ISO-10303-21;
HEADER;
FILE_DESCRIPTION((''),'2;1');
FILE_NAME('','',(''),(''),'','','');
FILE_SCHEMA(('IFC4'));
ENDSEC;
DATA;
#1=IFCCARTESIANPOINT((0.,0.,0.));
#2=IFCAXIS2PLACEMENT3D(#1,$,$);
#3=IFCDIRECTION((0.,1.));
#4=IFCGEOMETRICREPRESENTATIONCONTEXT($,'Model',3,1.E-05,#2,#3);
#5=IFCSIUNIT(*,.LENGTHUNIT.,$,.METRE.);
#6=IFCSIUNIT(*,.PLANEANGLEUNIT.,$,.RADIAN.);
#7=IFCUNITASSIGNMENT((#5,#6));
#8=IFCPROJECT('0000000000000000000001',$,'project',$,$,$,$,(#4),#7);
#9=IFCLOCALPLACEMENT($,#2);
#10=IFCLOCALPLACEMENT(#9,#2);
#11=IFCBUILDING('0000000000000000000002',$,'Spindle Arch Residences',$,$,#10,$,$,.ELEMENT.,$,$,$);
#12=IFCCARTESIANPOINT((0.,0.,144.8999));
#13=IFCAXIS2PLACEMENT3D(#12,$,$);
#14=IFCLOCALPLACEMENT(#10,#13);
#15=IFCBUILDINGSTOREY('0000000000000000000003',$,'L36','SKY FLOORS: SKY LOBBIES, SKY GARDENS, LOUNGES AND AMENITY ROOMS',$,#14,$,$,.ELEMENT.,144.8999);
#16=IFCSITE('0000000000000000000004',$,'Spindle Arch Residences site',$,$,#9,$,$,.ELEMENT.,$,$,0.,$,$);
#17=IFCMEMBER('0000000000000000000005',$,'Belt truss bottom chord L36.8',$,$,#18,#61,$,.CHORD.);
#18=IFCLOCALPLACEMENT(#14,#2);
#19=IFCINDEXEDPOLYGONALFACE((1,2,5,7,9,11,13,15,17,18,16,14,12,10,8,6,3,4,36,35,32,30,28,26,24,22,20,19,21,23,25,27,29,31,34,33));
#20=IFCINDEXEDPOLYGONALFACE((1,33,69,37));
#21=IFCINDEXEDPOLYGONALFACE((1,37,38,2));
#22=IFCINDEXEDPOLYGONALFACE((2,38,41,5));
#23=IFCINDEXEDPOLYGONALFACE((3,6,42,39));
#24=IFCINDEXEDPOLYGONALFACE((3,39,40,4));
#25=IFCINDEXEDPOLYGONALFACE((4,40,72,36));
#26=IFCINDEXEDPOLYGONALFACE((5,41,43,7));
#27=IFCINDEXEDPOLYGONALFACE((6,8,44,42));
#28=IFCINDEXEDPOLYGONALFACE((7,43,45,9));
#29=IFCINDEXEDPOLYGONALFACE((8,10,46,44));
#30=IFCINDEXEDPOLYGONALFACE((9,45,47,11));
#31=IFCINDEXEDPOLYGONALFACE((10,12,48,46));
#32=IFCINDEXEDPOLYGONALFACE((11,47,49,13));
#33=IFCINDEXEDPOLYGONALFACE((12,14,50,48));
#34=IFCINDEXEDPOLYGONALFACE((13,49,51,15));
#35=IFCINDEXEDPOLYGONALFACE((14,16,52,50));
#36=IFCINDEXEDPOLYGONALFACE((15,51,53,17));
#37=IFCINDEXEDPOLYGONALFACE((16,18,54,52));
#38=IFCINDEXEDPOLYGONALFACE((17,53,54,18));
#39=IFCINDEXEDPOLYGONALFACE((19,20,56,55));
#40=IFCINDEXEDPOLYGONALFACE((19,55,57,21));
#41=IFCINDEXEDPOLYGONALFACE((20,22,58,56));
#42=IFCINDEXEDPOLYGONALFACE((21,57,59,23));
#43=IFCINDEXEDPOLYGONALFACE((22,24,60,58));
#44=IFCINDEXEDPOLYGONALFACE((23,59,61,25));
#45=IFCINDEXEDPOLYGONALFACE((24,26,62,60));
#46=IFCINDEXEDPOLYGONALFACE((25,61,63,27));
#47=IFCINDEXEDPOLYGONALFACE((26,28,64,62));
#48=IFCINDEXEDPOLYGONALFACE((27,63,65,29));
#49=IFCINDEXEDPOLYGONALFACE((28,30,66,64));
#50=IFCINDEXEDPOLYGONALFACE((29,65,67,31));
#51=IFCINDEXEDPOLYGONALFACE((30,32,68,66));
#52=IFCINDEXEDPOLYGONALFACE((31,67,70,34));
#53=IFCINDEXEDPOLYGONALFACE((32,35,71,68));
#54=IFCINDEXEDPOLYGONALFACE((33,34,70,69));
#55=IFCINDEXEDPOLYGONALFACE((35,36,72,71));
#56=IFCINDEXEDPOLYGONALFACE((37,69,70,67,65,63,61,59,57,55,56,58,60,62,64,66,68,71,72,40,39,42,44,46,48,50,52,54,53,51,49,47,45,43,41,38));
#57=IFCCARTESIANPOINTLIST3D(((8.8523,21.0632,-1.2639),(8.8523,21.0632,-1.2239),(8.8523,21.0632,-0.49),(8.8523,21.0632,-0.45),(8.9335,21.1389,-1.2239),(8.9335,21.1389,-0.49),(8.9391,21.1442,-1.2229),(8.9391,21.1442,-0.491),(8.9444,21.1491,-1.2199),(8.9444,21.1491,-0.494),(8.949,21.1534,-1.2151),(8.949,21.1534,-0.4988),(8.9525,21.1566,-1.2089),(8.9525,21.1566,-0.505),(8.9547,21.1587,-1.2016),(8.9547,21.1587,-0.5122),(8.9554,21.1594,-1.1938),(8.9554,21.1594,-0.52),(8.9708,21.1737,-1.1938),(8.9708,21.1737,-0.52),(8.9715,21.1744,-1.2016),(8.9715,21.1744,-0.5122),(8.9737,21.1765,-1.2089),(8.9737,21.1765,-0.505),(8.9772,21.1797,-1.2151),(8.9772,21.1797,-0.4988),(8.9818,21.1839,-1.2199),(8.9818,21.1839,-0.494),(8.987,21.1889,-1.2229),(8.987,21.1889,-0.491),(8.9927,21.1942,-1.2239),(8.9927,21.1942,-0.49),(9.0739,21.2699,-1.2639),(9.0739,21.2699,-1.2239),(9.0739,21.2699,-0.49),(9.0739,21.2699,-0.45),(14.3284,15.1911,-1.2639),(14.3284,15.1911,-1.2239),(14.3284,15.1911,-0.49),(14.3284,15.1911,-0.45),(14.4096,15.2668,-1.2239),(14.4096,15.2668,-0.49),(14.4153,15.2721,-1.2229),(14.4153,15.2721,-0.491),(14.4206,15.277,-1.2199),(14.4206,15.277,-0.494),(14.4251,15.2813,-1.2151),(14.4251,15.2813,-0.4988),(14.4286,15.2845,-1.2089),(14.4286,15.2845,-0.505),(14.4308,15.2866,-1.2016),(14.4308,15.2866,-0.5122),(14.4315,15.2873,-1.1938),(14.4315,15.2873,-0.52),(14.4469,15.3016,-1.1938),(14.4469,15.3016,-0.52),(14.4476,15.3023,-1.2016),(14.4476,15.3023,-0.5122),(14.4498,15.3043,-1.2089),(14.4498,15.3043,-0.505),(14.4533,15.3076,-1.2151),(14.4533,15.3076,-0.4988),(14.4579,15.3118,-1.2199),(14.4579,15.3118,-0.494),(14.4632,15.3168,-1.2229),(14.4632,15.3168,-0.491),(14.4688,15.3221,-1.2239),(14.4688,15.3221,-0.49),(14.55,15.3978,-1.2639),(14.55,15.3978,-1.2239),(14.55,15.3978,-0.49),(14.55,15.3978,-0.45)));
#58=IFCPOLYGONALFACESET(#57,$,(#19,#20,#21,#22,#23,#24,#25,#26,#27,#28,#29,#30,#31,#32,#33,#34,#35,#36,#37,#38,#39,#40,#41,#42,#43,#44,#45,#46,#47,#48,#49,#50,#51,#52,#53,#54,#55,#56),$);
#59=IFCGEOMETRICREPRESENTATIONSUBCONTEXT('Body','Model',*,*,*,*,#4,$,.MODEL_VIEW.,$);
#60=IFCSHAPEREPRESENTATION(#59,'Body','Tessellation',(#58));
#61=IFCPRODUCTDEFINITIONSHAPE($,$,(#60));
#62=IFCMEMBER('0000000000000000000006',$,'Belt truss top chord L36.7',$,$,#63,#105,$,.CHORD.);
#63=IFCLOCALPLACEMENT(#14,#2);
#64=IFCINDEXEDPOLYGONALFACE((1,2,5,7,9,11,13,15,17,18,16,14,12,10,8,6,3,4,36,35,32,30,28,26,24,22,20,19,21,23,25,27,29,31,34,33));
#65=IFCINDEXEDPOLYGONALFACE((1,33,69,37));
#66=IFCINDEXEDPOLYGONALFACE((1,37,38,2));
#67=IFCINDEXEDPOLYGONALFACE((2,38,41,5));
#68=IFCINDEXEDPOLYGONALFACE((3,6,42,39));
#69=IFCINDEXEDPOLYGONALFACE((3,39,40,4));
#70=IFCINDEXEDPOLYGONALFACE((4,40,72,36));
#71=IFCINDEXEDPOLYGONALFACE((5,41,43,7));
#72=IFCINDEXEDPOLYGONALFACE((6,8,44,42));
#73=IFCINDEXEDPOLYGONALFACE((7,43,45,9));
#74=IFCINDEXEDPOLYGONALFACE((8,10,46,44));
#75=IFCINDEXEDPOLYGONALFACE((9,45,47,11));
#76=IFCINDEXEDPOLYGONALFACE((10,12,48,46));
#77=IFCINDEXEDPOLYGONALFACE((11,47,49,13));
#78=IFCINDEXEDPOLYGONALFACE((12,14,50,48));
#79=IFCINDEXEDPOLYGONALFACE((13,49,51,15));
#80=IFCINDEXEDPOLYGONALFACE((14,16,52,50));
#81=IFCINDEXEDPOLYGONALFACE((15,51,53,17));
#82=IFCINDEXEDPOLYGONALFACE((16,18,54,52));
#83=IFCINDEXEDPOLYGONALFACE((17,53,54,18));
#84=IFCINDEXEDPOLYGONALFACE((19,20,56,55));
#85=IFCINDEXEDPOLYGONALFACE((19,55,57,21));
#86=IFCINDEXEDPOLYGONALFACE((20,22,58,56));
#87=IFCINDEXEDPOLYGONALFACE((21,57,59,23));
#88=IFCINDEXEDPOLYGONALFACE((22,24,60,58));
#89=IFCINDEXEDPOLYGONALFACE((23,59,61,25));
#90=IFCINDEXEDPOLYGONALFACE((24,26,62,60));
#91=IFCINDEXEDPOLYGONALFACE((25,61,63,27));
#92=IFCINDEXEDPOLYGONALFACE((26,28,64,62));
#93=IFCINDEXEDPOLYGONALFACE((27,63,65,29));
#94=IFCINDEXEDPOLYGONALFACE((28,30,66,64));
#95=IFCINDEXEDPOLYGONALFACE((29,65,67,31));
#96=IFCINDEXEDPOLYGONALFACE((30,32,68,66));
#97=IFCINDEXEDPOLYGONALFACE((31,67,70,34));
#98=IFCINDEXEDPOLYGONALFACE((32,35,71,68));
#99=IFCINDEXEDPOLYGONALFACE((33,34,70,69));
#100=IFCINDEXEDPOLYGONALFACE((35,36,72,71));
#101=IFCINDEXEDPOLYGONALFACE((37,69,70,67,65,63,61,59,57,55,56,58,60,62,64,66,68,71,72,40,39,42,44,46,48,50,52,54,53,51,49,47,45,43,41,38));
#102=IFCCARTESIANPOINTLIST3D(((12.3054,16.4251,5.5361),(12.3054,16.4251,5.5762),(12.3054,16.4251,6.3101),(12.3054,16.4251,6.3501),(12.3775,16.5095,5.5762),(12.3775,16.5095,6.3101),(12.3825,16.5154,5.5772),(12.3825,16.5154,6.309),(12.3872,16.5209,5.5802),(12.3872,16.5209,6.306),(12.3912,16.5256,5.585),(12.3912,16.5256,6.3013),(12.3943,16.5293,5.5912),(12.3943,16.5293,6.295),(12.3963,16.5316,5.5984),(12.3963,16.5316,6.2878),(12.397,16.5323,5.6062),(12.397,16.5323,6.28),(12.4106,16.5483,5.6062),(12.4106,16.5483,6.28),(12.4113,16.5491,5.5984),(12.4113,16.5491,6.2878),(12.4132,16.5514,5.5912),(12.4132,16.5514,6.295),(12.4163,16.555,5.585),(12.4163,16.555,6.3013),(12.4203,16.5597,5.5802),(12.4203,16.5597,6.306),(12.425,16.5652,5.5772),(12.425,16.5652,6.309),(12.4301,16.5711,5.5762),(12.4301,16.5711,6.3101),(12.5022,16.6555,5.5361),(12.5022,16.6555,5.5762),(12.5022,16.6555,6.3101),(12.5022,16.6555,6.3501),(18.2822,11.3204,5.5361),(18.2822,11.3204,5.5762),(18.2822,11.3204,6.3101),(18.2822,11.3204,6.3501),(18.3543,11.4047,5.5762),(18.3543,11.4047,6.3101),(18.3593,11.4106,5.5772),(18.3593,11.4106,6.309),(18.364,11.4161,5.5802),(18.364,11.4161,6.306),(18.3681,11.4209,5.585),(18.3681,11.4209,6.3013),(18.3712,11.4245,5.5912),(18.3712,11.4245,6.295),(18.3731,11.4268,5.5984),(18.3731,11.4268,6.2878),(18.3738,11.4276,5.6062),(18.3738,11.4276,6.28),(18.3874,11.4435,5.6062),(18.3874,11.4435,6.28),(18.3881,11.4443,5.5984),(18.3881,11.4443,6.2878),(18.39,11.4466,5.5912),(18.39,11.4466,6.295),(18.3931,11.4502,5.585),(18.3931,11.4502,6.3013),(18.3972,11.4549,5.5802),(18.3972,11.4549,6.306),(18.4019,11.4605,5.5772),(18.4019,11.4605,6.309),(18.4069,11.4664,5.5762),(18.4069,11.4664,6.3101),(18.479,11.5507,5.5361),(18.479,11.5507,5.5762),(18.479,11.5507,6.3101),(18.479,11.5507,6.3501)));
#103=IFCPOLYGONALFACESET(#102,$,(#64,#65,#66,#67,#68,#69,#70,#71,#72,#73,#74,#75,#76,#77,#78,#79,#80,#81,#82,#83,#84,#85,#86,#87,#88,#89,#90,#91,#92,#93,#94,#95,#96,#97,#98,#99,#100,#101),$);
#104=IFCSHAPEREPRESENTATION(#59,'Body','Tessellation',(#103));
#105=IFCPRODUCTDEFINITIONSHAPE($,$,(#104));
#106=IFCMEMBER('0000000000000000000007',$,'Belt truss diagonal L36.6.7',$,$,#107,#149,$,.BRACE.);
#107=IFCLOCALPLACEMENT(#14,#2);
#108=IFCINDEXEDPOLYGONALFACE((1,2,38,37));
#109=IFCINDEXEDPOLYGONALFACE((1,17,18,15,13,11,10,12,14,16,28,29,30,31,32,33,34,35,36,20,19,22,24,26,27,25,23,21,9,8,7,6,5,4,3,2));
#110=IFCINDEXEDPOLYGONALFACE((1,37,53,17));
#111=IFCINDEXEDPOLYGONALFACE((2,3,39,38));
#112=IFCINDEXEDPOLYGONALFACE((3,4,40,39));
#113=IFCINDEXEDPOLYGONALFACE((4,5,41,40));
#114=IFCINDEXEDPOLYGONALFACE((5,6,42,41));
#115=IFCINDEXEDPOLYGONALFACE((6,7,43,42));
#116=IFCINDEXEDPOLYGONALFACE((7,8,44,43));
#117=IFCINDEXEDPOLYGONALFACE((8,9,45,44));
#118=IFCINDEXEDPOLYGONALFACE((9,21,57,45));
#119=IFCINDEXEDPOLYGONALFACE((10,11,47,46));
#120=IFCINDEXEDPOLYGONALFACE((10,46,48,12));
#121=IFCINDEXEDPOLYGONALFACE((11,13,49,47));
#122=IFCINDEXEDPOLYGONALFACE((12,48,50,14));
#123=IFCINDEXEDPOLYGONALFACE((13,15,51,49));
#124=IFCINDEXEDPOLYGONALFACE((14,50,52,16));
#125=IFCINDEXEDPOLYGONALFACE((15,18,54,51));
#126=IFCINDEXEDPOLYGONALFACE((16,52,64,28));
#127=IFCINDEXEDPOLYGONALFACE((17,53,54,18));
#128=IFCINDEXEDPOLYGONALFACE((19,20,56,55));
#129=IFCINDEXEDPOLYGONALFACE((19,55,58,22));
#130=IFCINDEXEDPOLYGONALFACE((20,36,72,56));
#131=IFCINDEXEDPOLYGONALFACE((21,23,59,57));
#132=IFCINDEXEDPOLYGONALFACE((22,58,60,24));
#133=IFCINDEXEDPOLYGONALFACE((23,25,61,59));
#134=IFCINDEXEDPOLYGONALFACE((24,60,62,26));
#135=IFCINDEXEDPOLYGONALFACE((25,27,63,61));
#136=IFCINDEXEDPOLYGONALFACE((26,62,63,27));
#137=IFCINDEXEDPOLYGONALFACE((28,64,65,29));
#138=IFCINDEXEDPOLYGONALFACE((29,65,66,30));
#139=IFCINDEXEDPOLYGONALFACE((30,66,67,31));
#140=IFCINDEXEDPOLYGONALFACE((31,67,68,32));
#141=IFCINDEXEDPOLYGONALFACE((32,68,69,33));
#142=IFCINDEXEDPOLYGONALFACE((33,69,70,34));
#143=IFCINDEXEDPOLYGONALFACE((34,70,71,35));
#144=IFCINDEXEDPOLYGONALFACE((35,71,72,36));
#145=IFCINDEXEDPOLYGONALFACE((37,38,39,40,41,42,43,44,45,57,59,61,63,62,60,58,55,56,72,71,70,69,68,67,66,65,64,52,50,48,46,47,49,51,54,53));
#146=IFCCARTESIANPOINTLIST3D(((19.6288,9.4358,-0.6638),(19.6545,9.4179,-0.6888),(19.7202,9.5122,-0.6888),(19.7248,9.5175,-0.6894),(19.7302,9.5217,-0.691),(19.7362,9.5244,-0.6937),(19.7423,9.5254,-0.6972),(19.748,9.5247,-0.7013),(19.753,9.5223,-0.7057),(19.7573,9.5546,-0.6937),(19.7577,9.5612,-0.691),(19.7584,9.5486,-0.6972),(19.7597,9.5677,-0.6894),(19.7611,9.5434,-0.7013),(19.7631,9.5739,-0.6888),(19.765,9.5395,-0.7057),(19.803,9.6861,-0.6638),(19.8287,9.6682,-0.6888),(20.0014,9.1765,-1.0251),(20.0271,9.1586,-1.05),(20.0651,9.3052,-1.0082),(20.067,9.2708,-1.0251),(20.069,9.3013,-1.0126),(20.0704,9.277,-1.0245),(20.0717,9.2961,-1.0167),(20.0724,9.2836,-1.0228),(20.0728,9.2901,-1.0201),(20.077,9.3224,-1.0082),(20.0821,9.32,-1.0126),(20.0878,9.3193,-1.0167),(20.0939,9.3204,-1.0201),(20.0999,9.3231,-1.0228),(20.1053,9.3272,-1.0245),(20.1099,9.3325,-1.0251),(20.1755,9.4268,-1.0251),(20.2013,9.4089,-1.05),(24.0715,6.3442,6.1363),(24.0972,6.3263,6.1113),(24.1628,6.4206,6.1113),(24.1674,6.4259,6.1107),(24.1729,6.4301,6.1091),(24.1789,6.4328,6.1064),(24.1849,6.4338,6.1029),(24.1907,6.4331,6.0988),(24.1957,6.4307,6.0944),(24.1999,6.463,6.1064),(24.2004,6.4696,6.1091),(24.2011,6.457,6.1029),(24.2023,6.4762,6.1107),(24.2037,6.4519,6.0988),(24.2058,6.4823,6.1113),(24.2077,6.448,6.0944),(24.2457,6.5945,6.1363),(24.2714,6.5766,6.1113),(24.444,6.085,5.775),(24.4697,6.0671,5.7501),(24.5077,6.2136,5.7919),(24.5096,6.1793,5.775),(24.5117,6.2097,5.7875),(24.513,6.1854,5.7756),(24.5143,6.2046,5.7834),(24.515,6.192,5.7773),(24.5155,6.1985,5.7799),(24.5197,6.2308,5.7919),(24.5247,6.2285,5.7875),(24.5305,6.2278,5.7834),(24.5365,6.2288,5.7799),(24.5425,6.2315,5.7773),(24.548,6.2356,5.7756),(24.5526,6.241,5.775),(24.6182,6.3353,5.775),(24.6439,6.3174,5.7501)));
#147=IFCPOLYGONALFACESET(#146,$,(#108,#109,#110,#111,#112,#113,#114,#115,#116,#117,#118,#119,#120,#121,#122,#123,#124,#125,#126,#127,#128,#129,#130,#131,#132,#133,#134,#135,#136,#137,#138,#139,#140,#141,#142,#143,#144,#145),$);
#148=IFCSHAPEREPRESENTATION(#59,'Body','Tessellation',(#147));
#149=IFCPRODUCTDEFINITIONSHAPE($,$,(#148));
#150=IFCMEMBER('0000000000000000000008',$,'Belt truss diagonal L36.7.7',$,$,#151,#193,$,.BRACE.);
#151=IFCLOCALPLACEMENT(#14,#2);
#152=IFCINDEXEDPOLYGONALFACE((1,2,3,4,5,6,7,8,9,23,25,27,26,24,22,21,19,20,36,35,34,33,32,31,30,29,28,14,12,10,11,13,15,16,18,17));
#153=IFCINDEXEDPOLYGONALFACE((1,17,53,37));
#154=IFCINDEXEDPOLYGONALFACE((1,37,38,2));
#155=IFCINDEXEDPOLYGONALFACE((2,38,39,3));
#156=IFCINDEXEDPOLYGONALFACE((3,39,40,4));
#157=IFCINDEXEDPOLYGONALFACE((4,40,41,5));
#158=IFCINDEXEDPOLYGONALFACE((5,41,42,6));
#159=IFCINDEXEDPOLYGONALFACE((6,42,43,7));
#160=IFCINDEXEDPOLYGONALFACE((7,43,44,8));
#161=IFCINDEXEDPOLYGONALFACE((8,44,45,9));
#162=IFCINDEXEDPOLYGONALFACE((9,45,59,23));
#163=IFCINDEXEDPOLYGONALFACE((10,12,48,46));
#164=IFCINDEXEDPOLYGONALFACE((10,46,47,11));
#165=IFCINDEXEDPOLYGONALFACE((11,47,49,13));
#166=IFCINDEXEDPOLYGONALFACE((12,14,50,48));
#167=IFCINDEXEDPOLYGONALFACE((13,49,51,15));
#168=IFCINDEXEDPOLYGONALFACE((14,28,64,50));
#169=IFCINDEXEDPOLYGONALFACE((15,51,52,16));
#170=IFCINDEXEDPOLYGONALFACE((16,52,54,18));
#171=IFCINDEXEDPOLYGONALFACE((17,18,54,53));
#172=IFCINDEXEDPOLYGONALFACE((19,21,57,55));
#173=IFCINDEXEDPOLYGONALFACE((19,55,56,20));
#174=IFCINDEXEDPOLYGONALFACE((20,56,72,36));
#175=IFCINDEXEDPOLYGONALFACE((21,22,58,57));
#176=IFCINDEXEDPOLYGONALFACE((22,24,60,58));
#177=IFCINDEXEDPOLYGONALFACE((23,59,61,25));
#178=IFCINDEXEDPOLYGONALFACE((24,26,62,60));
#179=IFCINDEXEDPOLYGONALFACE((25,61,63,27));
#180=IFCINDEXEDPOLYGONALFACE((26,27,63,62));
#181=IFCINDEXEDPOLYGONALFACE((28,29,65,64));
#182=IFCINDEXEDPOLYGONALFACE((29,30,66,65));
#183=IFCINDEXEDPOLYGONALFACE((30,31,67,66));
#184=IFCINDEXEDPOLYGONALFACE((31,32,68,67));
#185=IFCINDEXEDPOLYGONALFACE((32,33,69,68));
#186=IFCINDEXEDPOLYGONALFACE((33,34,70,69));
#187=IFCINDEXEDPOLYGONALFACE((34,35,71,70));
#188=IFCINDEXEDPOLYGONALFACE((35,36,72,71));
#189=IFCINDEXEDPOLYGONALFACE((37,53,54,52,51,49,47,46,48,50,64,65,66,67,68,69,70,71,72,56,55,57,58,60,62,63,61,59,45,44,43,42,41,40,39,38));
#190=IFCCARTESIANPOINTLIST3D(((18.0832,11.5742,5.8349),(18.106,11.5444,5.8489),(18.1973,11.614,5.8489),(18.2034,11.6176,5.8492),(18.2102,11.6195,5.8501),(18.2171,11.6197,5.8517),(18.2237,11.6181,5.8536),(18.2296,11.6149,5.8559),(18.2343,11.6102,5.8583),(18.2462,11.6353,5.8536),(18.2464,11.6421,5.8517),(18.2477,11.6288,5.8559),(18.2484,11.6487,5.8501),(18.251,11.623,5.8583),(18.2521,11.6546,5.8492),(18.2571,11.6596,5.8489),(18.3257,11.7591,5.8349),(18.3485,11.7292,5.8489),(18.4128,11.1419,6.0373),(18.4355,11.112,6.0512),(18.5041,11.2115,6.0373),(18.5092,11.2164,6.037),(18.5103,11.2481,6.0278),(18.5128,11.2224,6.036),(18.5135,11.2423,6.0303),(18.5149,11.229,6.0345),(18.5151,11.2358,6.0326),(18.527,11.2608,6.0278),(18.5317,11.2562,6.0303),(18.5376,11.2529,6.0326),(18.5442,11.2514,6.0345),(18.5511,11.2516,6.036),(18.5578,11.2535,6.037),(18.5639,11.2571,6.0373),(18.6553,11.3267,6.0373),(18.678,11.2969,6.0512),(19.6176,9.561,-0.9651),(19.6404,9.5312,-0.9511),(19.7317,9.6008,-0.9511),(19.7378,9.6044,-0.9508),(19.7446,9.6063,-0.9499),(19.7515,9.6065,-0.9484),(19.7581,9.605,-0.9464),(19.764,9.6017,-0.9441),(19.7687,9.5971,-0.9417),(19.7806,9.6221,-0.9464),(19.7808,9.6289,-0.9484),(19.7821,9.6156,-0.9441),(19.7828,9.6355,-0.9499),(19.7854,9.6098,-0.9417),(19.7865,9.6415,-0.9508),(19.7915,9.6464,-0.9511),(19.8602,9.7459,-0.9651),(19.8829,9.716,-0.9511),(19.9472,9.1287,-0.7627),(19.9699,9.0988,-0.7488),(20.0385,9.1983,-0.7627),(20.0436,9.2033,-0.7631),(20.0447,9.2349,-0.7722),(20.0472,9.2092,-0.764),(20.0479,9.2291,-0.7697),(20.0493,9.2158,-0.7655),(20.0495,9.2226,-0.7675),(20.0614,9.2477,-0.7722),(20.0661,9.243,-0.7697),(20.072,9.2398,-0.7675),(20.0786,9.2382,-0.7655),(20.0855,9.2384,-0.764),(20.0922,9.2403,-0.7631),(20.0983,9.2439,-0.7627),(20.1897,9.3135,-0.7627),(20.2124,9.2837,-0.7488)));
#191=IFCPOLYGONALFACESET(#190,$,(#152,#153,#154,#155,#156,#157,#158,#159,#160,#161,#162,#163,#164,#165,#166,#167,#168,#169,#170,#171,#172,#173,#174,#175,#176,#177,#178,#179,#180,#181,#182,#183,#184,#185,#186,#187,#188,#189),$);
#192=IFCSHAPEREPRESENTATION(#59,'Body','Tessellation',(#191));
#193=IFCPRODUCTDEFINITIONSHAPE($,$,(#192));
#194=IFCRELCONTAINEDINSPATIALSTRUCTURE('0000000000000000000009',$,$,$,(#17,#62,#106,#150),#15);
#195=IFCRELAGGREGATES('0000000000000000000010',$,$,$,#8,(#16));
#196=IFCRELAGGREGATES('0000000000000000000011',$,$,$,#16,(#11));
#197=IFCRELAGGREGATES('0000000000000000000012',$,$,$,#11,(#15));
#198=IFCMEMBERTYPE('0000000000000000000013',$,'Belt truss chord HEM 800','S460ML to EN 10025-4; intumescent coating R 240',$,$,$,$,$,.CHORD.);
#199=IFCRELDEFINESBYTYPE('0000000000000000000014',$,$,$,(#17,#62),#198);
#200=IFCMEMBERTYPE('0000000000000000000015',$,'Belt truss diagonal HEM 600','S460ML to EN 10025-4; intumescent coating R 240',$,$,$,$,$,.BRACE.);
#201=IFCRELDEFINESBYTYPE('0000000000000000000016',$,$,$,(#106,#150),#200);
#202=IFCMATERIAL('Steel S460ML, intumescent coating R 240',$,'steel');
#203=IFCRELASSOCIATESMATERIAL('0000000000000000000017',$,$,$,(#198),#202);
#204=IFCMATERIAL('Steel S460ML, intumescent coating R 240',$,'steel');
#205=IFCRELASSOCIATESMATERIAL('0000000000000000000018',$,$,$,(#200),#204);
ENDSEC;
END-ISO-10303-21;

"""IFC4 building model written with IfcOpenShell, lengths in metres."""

from ifc_helpers import new_model, si_unit, direction, frame, origin, origin_2d, place, context, subcontext, project, spatial, i_section, extrude, material, material_profile, profile_set, type_object, element, save


model = new_model("IFC4")

# Units and contexts
model_context = context("Model", 3, precision=1e-05, world=origin(), true_north=direction((0.0, 1.0)))
body_context = subcontext(model_context, "Body", "Model", "MODEL_VIEW")
ifc_project = project(units=[si_unit("LENGTHUNIT", "METRE"), si_unit("PLANEANGLEUNIT", "RADIAN")], contexts=[model_context])

# Site, building, storey
site_placement = place(None, origin())
site = spatial("IfcSite", under=ifc_project, at=site_placement, Name="Spindle Arch Residences site", CompositionType="ELEMENT", RefElevation=0.0)
building_placement = place(site_placement, origin())
building = spatial("IfcBuilding", under=site, at=building_placement, Name="Spindle Arch Residences", CompositionType="ELEMENT")
storey_placement = place(building_placement, frame((0.0, 0.0, 144.8999)))
storey = spatial("IfcBuildingStorey", under=building, at=storey_placement, Name="L36", Description="SKY FLOORS: SKY LOBBIES, SKY GARDENS, LOUNGES AND AMENITY ROOMS", CompositionType="ELEMENT", Elevation=144.8999)

# Members
ifc_material_1 = material(Name="Steel S460ML, intumescent coating R 240", Category="steel")
ifc_material_profile_1 = material_profile(ifc_material_1, i_section(OverallWidth=0.303, OverallDepth=0.814, WebThickness=0.021, FlangeThickness=0.04, FilletRadius=0.03, at=origin_2d()), Name="HEM 800")
ifc_profile_set_1 = profile_set([ifc_material_profile_1], Name="Steel S460ML, intumescent coating R 240")
member_type_1 = type_object("IfcMemberType", Name="Belt truss chord HEM 800", Description="S460ML to EN 10025-4; intumescent coating R 240", PredefinedType="CHORD", material=ifc_profile_set_1)
member_1_placement = place(storey_placement, frame((14.4392, 15.2944, -0.8569), z_axis=(-0.682017, 0.731336, 0.0), x_axis=(-0.731336, -0.682017, 0.0)))
element("IfcMember", 1, at=member_1_placement, inside=storey, type_object=member_type_1, Name="Belt truss bottom chord L36.8", PredefinedType="CHORD", context=body_context, shape_type="SweptSolid", body=[
    extrude(i_section(OverallWidth=0.303, OverallDepth=0.814, WebThickness=0.021, FlangeThickness=0.04, FilletRadius=0.03, at=origin_2d()), origin(), (0.0, 0.0, 1.0), 8.0293),
])
member_2_placement = place(storey_placement, frame((18.3806, 11.4355, 5.9431), z_axis=(-0.760402, 0.649453, 0.0), x_axis=(-0.649453, -0.760402, 0.0)))
element("IfcMember", 2, at=member_2_placement, inside=storey, type_object=member_type_1, Name="Belt truss top chord L36.7", PredefinedType="CHORD", context=body_context, shape_type="SweptSolid", body=[
    extrude(i_section(OverallWidth=0.303, OverallDepth=0.814, WebThickness=0.021, FlangeThickness=0.04, FilletRadius=0.03, at=origin_2d()), origin(), (0.0, 0.0, 1.0), 7.8601),
])
ifc_material_2 = material(Name="Steel S460ML, intumescent coating R 240", Category="steel")
ifc_material_profile_2 = material_profile(ifc_material_2, i_section(OverallWidth=0.3049, OverallDepth=0.6201, WebThickness=0.021, FlangeThickness=0.04, FilletRadius=0.0271, at=origin_2d()), Name="HEM 600")
ifc_profile_set_2 = profile_set([ifc_material_profile_2], Name="Steel S460ML, intumescent coating R 240")
member_type_2 = type_object("IfcMemberType", Name="Belt truss diagonal HEM 600", Description="S460ML to EN 10025-4; intumescent coating R 240", PredefinedType="BRACE", material=ifc_profile_set_2)
member_3_placement = place(storey_placement, frame((19.915, 9.4224, -0.8569), z_axis=(0.511169, -0.355715, 0.782415), x_axis=(0.571193, 0.820816, 0.0)))
element("IfcMember", 3, at=member_3_placement, inside=storey, type_object=member_type_2, Name="Belt truss diagonal L36.6.7", PredefinedType="BRACE", context=body_context, shape_type="SweptSolid", body=[
    extrude(i_section(OverallWidth=0.3049, OverallDepth=0.6201, WebThickness=0.021, FlangeThickness=0.04, FilletRadius=0.0271, at=origin_2d()), origin(), (0.0, 0.0, 1.0), 8.6912),
])
member_4_placement = place(storey_placement, frame((19.915, 9.4224, -0.8569), z_axis=(-0.211473, 0.277455, 0.937176), x_axis=(-0.795323, -0.606186, 0.0)))
element("IfcMember", 4, at=member_4_placement, inside=storey, type_object=member_type_2, Name="Belt truss diagonal L36.7.7", PredefinedType="BRACE", context=body_context, shape_type="SweptSolid", body=[
    extrude(i_section(OverallWidth=0.3049, OverallDepth=0.6201, WebThickness=0.021, FlangeThickness=0.04, FilletRadius=0.0271, at=origin_2d()), origin(), (0.0, 0.0, 1.0), 7.2559),
])

save(model, "model.ifc")
